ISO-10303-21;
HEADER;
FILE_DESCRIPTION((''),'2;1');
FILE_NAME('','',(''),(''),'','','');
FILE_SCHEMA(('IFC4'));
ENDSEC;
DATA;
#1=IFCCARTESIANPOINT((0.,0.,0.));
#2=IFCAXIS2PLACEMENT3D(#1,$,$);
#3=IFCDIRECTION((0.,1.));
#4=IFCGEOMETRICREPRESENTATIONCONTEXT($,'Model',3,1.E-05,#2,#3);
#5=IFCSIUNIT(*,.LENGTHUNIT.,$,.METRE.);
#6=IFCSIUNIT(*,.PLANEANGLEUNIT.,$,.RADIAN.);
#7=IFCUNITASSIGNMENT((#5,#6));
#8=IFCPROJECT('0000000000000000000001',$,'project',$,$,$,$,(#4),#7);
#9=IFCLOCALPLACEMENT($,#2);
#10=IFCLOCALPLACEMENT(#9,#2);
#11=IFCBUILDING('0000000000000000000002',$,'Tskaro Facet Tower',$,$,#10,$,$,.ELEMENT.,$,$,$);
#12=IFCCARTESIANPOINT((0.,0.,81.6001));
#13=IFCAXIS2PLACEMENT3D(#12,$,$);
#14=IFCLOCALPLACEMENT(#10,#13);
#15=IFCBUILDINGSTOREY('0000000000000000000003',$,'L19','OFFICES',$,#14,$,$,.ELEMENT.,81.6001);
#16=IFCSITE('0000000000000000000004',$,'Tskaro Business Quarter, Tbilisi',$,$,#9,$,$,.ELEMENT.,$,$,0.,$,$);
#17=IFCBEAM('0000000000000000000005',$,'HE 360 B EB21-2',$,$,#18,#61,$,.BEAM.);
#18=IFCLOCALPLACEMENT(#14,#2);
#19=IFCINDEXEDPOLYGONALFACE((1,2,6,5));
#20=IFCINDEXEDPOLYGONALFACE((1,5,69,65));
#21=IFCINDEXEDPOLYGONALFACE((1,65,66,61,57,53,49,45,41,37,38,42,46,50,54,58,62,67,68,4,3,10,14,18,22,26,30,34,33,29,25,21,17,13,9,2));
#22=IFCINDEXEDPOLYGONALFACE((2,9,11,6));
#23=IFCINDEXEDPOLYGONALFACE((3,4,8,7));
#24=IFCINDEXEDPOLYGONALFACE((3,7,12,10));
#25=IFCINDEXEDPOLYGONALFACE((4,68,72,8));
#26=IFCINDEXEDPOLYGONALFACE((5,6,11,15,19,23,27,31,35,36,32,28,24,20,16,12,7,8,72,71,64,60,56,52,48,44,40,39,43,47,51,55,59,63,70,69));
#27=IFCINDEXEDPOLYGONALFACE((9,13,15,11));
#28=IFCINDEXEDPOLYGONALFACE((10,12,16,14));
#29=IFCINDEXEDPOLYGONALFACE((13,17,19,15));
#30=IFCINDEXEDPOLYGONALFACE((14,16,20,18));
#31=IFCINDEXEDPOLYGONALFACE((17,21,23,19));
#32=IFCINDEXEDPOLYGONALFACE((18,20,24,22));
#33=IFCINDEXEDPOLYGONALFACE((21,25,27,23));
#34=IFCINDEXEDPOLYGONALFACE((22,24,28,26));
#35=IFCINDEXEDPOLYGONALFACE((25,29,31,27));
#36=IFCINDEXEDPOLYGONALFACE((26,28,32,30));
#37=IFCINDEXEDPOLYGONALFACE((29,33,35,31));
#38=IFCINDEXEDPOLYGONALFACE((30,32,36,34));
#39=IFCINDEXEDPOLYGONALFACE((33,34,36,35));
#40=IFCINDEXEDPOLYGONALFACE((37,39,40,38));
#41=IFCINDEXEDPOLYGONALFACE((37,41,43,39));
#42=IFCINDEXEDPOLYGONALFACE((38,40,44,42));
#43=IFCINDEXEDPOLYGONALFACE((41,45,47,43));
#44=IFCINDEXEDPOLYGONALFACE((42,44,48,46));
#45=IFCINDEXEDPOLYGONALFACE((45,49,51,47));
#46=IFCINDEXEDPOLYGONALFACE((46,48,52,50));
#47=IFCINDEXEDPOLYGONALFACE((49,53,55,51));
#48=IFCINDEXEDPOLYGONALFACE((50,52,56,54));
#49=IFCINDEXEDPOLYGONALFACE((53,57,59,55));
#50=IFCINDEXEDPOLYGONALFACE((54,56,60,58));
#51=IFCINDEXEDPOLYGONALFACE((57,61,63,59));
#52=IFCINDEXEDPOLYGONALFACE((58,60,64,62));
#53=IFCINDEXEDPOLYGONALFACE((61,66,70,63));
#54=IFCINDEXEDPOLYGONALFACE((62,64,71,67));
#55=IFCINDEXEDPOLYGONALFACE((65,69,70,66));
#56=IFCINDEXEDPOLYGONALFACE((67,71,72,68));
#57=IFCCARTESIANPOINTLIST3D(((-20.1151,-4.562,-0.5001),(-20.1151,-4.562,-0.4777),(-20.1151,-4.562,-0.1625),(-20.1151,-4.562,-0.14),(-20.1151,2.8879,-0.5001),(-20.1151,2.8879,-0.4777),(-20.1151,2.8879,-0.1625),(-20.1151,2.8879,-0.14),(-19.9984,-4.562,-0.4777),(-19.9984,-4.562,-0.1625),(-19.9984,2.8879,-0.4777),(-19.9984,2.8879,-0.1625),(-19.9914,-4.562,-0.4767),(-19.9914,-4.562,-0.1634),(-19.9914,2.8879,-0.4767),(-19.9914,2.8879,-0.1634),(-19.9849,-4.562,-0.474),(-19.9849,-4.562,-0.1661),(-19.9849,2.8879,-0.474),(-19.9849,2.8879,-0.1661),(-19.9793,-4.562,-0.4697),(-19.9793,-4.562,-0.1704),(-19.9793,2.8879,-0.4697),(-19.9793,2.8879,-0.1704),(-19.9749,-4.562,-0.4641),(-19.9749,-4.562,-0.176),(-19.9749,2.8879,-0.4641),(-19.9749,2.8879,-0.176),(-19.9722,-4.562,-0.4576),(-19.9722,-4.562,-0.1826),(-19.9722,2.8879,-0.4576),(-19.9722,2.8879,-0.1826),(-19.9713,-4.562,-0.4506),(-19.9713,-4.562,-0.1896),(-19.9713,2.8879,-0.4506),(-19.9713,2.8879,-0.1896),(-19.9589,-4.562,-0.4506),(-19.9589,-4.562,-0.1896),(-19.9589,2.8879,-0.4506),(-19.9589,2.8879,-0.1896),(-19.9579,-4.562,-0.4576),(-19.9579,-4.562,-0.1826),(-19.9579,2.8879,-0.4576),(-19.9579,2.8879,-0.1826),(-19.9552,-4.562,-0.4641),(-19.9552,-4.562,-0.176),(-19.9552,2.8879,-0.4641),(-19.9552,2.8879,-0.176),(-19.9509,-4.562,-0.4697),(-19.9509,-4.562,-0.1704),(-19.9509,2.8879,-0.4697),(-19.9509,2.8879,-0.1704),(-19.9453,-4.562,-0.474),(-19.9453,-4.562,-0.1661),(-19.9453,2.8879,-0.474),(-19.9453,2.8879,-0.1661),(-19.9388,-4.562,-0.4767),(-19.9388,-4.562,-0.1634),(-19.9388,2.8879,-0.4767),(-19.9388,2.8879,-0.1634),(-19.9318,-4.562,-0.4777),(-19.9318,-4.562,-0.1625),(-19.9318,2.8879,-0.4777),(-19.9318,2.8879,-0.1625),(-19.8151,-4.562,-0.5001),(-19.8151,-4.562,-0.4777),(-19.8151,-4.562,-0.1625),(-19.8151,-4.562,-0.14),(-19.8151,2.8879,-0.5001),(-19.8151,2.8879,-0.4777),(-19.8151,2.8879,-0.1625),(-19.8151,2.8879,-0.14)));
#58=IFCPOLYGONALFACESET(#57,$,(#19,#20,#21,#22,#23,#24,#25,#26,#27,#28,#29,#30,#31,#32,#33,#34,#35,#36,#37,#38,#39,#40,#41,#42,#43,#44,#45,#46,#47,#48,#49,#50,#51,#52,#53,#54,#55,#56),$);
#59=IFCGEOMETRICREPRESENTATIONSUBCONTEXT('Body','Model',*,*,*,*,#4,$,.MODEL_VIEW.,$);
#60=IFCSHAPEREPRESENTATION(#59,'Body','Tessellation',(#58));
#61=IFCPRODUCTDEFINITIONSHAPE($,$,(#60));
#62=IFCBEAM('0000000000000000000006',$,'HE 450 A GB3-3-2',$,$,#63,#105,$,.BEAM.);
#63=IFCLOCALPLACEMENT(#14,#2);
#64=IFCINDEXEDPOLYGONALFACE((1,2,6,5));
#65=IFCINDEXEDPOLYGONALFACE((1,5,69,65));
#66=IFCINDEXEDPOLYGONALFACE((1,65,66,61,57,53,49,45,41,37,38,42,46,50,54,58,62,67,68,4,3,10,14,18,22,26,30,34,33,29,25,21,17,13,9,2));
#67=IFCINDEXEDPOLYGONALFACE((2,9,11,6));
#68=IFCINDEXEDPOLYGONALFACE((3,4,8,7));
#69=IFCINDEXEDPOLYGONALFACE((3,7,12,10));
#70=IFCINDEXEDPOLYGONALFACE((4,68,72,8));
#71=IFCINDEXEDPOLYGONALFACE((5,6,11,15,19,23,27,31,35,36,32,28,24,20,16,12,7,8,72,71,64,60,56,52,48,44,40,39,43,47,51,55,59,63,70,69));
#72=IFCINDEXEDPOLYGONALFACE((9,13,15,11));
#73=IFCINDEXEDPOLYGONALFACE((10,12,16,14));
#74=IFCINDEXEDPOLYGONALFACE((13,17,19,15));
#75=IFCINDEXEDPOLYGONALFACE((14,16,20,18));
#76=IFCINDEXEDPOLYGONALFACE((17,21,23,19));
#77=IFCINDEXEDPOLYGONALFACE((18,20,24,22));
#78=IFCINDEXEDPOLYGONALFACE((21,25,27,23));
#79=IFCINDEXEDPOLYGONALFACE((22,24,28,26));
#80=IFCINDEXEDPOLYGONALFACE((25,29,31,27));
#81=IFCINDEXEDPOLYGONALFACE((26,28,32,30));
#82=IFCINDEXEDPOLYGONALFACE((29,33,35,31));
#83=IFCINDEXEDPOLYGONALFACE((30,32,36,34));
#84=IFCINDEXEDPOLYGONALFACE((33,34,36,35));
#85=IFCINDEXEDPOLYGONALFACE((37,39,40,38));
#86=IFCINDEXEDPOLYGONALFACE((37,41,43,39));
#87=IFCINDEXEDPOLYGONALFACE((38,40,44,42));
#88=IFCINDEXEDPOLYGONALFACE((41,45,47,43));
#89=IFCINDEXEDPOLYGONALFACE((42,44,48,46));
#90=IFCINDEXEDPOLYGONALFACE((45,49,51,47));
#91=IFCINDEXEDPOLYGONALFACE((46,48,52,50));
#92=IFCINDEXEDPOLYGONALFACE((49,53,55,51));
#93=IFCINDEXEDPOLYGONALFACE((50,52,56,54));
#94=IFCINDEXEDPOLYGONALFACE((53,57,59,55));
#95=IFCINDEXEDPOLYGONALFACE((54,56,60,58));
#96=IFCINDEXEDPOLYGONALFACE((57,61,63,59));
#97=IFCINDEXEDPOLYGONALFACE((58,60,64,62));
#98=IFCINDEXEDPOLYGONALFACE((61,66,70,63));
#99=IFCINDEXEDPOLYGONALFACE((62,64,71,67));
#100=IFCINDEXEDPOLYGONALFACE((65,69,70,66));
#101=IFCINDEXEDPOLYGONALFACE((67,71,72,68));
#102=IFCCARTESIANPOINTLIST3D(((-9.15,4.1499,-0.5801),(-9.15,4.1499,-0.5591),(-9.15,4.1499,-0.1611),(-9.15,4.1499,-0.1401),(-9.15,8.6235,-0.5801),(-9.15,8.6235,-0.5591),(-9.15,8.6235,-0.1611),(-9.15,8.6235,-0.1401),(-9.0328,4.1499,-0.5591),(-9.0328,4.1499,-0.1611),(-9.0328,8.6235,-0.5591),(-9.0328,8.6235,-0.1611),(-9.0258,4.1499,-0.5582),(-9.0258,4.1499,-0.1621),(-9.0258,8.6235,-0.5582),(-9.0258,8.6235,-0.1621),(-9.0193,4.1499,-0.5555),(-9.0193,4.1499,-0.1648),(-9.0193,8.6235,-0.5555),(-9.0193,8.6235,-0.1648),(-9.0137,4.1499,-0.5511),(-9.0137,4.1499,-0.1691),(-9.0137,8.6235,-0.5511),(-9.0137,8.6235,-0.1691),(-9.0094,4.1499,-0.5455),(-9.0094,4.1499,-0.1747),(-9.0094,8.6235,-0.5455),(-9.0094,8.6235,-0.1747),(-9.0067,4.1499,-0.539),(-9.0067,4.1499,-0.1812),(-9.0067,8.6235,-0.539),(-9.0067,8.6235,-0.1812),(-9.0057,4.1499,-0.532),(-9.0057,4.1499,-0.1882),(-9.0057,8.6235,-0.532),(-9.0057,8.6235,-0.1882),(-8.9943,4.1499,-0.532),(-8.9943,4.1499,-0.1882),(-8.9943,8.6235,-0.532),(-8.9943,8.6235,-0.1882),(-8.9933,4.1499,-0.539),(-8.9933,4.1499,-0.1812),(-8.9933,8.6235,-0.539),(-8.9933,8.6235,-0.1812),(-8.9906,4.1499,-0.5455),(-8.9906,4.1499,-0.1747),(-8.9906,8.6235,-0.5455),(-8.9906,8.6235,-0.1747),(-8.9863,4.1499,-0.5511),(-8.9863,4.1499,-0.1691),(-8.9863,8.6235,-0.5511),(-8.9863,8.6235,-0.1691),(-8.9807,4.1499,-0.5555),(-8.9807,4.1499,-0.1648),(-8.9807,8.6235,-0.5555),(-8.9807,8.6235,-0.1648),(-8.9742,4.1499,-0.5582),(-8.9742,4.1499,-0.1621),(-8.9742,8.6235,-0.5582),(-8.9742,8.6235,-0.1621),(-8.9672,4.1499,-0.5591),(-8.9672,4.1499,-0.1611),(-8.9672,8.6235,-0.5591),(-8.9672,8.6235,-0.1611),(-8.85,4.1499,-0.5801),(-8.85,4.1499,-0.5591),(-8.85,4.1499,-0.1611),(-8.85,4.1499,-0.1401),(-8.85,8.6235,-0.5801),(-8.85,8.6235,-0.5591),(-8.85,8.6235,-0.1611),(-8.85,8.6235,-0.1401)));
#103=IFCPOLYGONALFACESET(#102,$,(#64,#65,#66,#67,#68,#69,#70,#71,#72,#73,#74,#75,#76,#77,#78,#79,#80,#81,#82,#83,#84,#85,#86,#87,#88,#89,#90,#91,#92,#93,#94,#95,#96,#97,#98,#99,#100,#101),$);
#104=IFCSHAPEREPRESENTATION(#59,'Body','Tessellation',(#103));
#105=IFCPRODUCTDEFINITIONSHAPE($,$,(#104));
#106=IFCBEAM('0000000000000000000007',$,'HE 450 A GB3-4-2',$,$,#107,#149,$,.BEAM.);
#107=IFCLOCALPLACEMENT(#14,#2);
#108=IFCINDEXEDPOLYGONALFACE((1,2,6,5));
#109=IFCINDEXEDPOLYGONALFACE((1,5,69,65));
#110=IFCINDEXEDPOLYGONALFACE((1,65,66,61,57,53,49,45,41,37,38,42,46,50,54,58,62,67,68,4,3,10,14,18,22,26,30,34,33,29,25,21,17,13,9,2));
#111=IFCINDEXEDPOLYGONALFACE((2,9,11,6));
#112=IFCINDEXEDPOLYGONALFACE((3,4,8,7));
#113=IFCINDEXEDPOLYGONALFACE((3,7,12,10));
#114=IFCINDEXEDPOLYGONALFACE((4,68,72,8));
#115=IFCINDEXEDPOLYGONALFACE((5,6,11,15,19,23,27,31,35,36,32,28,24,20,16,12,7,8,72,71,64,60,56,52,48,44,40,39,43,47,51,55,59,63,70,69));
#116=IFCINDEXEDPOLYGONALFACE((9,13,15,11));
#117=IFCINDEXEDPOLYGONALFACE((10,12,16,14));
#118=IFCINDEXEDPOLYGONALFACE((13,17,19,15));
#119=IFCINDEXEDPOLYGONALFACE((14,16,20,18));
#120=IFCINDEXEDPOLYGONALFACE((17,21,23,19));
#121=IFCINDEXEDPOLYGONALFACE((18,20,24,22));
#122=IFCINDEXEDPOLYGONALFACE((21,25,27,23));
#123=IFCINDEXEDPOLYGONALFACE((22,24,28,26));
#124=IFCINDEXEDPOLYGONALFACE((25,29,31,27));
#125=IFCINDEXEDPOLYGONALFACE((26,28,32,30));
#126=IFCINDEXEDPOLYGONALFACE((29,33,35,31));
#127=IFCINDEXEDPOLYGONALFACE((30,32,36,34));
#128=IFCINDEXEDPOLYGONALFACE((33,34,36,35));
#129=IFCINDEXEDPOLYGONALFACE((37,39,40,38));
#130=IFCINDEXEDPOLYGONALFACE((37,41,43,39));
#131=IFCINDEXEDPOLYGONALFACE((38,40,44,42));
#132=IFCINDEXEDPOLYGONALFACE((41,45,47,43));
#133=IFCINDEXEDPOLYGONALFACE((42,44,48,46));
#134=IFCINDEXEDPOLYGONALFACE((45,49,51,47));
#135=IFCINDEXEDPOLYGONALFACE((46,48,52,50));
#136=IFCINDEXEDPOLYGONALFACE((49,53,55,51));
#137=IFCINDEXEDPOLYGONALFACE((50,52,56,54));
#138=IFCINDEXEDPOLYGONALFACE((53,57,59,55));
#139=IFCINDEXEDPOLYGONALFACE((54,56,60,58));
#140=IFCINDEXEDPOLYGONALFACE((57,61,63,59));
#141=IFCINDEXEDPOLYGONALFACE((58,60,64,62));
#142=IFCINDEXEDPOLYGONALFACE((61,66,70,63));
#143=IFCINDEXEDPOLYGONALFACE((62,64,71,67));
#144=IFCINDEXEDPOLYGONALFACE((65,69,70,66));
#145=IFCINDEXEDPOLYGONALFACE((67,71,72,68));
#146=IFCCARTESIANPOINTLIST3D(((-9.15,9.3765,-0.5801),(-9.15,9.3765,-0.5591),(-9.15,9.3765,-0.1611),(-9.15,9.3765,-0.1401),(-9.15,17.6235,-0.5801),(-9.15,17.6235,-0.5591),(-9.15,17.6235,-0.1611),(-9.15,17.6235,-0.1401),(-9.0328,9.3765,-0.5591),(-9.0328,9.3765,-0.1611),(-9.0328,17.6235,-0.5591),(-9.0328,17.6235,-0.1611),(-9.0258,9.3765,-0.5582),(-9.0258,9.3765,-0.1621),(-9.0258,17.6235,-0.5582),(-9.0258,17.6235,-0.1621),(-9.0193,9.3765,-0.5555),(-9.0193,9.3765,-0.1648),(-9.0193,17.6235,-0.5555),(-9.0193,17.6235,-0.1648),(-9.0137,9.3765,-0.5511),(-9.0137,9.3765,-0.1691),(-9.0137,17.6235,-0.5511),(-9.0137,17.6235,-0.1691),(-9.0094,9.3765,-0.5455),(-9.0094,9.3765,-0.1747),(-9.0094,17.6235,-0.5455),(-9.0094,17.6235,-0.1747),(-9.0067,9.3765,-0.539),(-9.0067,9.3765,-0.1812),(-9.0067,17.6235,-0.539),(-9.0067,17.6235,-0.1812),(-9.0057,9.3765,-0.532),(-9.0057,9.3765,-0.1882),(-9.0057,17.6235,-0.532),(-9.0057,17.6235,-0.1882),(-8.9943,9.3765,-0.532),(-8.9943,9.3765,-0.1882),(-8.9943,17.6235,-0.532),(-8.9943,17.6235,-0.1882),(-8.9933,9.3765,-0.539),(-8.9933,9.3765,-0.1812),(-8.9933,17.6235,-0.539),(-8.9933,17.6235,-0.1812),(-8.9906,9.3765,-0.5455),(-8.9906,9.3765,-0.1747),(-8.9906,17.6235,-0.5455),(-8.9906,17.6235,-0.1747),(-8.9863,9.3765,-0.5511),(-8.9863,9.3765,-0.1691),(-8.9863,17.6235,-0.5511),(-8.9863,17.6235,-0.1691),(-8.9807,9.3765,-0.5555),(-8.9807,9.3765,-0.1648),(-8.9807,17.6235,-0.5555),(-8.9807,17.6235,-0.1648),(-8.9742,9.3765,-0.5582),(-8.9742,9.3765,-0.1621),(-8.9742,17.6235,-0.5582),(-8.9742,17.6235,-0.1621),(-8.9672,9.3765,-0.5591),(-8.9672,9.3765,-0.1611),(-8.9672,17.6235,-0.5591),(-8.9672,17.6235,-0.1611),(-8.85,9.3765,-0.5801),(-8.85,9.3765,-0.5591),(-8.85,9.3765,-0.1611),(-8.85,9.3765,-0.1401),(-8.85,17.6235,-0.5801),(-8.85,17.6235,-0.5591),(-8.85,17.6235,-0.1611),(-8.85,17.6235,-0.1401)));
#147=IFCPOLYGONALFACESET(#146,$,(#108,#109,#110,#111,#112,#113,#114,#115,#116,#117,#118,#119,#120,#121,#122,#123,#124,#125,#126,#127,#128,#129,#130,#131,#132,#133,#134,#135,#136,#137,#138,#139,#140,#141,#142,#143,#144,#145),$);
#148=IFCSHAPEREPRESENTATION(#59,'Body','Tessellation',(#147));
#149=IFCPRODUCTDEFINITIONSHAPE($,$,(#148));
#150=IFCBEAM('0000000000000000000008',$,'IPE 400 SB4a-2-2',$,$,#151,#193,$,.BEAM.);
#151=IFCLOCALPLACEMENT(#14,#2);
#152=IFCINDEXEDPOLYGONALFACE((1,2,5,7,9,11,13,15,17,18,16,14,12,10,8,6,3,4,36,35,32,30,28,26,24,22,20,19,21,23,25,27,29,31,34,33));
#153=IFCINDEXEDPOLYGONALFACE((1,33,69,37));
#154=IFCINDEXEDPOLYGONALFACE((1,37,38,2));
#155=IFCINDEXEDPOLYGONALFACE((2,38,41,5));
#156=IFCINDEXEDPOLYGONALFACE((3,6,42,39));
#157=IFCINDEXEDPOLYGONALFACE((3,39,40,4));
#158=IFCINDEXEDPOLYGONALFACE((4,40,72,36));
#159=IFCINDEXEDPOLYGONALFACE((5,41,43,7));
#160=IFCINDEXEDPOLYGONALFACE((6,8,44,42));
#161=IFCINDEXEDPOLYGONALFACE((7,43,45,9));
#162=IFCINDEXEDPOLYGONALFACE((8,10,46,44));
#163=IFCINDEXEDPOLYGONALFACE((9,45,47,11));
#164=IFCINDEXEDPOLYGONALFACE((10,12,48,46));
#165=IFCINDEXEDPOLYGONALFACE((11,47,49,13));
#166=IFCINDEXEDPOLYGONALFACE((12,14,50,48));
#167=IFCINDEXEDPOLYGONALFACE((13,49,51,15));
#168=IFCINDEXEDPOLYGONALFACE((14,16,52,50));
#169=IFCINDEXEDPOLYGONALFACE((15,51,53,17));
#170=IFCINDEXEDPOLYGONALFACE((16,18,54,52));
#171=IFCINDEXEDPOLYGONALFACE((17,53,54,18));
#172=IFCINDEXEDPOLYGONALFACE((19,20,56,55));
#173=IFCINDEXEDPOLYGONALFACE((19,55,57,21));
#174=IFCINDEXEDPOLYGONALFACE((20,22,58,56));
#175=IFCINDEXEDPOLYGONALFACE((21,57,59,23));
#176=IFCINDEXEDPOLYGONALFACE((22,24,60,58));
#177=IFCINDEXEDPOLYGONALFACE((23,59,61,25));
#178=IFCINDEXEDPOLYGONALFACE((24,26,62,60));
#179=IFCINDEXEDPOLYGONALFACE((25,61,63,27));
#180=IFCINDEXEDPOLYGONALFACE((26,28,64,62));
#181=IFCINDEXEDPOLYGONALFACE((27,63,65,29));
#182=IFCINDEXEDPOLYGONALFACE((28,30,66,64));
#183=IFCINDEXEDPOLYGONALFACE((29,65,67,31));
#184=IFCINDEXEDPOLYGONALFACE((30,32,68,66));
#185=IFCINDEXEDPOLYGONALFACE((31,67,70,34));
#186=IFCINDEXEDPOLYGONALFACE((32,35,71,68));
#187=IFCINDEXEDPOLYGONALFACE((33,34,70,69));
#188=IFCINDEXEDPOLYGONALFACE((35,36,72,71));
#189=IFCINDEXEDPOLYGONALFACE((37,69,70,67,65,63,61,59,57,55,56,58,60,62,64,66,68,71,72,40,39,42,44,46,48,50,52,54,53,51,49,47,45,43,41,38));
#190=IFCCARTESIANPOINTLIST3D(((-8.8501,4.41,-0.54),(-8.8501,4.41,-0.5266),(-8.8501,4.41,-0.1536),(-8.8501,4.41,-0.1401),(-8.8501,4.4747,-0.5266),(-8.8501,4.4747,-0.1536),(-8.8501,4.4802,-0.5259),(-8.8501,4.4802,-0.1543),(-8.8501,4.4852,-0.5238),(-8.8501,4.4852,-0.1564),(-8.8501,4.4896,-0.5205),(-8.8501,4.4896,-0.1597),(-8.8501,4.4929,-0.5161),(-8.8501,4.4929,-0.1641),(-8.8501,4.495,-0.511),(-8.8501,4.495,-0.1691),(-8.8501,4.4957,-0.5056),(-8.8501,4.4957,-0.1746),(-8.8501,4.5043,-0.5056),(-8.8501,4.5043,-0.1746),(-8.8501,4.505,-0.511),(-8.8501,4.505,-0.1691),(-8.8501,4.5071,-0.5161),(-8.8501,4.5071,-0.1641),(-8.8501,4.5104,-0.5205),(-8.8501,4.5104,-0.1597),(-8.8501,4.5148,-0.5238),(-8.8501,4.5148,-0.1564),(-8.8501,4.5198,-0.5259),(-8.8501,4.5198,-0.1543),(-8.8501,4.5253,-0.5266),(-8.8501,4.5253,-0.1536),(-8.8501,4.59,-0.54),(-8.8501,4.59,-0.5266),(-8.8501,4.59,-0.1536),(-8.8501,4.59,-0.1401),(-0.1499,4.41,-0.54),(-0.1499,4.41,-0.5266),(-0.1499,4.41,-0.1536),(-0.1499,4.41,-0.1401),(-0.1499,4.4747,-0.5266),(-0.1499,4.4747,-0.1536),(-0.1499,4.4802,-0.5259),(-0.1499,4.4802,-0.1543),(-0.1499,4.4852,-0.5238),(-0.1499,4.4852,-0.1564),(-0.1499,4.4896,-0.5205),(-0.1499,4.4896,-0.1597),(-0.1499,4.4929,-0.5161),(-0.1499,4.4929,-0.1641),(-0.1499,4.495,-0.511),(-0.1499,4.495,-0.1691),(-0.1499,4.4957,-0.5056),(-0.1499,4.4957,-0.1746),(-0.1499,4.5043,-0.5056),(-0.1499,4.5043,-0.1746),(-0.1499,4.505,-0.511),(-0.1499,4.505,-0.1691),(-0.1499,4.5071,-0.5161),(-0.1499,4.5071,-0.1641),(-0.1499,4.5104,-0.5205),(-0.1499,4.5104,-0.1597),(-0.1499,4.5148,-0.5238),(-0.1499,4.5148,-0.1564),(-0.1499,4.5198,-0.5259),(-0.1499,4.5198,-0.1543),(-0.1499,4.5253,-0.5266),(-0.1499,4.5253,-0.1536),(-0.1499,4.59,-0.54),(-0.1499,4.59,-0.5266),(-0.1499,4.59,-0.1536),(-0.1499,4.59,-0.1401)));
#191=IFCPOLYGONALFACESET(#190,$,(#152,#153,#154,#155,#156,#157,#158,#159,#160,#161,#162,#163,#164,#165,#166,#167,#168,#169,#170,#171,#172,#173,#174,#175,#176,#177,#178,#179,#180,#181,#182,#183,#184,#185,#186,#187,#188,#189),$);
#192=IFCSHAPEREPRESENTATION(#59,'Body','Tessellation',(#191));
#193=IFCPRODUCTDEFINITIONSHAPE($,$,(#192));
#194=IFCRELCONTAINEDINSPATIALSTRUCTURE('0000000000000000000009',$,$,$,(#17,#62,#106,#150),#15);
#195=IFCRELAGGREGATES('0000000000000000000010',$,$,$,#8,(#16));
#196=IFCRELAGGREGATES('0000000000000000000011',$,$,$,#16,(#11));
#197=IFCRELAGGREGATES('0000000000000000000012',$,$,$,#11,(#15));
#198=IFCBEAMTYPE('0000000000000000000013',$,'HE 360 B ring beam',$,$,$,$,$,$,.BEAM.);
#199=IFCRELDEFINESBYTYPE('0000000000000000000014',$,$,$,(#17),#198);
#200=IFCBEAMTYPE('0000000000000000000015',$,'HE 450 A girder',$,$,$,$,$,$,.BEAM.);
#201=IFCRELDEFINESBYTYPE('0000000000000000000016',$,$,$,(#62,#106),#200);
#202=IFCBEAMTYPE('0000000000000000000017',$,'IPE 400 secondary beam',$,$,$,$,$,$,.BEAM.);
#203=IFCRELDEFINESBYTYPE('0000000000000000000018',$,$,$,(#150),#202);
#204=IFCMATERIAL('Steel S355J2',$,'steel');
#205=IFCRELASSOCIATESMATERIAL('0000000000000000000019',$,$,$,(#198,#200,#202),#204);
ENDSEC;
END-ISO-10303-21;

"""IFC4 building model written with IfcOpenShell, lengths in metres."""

from ifc_helpers import new_model, si_unit, direction, frame, origin, origin_2d, place, context, subcontext, project, spatial, i_section, extrude, material, material_profile, profile_set, type_object, element, save


model = new_model("IFC4")

# Units and contexts
model_context = context("Model", 3, precision=1e-05, world=origin(), true_north=direction((0.0, 1.0)))
body_context = subcontext(model_context, "Body", "Model", "MODEL_VIEW")
ifc_project = project(units=[si_unit("LENGTHUNIT", "METRE"), si_unit("PLANEANGLEUNIT", "RADIAN")], contexts=[model_context])

# Site, building, storey
site_placement = place(None, origin())
site = spatial("IfcSite", under=ifc_project, at=site_placement, Name="Tskaro Business Quarter, Tbilisi", CompositionType="ELEMENT", RefElevation=0.0)
building_placement = place(site_placement, origin())
building = spatial("IfcBuilding", under=site, at=building_placement, Name="Tskaro Facet Tower", CompositionType="ELEMENT")
storey_placement = place(building_placement, frame((0.0, 0.0, 81.6001)))
storey = spatial("IfcBuildingStorey", under=building, at=storey_placement, Name="L19", Description="OFFICES", CompositionType="ELEMENT", Elevation=81.6001)

# Beams
ifc_material_1 = material(Name="Steel S355J2", Category="steel")
ifc_material_profile_1 = material_profile(ifc_material_1, i_section(OverallWidth=0.3, OverallDepth=0.3601, WebThickness=0.0125, FlangeThickness=0.0225, FilletRadius=0.0271, at=origin_2d()), Name="HE 360 B")
ifc_profile_set_1 = profile_set([ifc_material_profile_1], Name="Steel S355J2")
beam_type_1 = type_object("IfcBeamType", Name="HE 360 B ring beam", PredefinedType="BEAM", material=ifc_profile_set_1)
beam_1_placement = place(storey_placement, frame((-19.9651, 2.8879, -0.3201), z_axis=(0.0, -1.0, 0.0), x_axis=(1.0, 0.0, 0.0)))
element("IfcBeam", 1, at=beam_1_placement, inside=storey, type_object=beam_type_1, Name="HE 360 B EB21-2", PredefinedType="BEAM", context=body_context, shape_type="SweptSolid", body=[
    extrude(i_section(OverallWidth=0.3, OverallDepth=0.3601, WebThickness=0.0125, FlangeThickness=0.0225, FilletRadius=0.0271, at=origin_2d()), origin(), (0.0, 0.0, 1.0), 7.45),
])
ifc_material_profile_2 = material_profile(ifc_material_1, i_section(OverallWidth=0.3, OverallDepth=0.4399, WebThickness=0.0115, FlangeThickness=0.021, FilletRadius=0.0271, at=origin_2d()), Name="HE 450 A")
ifc_profile_set_2 = profile_set([ifc_material_profile_2], Name="Steel S355J2")
beam_type_2 = type_object("IfcBeamType", Name="HE 450 A girder", PredefinedType="BEAM", material=ifc_profile_set_2)
beam_2_placement = place(storey_placement, frame((-9.0, 4.1499, -0.3601), z_axis=(0.0, 1.0, 0.0), x_axis=(-1.0, 0.0, 0.0)))
element("IfcBeam", 2, at=beam_2_placement, inside=storey, type_object=beam_type_2, Name="HE 450 A GB3-3-2", PredefinedType="BEAM", context=body_context, shape_type="SweptSolid", body=[
    extrude(i_section(OverallWidth=0.3, OverallDepth=0.4399, WebThickness=0.0115, FlangeThickness=0.021, FilletRadius=0.0271, at=origin_2d()), origin(), (0.0, 0.0, 1.0), 4.4736),
])
beam_3_placement = place(storey_placement, frame((-9.0, 9.3765, -0.3601), z_axis=(0.0, 1.0, 0.0), x_axis=(-1.0, 0.0, 0.0)))
element("IfcBeam", 3, at=beam_3_placement, inside=storey, type_object=beam_type_2, Name="HE 450 A GB3-4-2", PredefinedType="BEAM", context=body_context, shape_type="SweptSolid", body=[
    extrude(i_section(OverallWidth=0.3, OverallDepth=0.4399, WebThickness=0.0115, FlangeThickness=0.021, FilletRadius=0.0271, at=origin_2d()), origin(), (0.0, 0.0, 1.0), 8.2471),
])
ifc_material_profile_3 = material_profile(ifc_material_1, i_section(OverallWidth=0.1799, OverallDepth=0.3999, WebThickness=0.0085, FlangeThickness=0.0134, FilletRadius=0.021, at=origin_2d()), Name="IPE 400")
ifc_profile_set_3 = profile_set([ifc_material_profile_3], Name="Steel S355J2")
beam_type_3 = type_object("IfcBeamType", Name="IPE 400 secondary beam", PredefinedType="BEAM", material=ifc_profile_set_3)
beam_4_placement = place(storey_placement, frame((-8.8501, 4.5, -0.3401), z_axis=(1.0, 0.0, 0.0), x_axis=(0.0, 1.0, 0.0)))
element("IfcBeam", 4, at=beam_4_placement, inside=storey, type_object=beam_type_3, Name="IPE 400 SB4a-2-2", PredefinedType="BEAM", context=body_context, shape_type="SweptSolid", body=[
    extrude(i_section(OverallWidth=0.1799, OverallDepth=0.3999, WebThickness=0.0085, FlangeThickness=0.0134, FilletRadius=0.021, at=origin_2d()), origin(), (0.0, 0.0, 1.0), 8.7002),
])

save(model, "model.ifc")
